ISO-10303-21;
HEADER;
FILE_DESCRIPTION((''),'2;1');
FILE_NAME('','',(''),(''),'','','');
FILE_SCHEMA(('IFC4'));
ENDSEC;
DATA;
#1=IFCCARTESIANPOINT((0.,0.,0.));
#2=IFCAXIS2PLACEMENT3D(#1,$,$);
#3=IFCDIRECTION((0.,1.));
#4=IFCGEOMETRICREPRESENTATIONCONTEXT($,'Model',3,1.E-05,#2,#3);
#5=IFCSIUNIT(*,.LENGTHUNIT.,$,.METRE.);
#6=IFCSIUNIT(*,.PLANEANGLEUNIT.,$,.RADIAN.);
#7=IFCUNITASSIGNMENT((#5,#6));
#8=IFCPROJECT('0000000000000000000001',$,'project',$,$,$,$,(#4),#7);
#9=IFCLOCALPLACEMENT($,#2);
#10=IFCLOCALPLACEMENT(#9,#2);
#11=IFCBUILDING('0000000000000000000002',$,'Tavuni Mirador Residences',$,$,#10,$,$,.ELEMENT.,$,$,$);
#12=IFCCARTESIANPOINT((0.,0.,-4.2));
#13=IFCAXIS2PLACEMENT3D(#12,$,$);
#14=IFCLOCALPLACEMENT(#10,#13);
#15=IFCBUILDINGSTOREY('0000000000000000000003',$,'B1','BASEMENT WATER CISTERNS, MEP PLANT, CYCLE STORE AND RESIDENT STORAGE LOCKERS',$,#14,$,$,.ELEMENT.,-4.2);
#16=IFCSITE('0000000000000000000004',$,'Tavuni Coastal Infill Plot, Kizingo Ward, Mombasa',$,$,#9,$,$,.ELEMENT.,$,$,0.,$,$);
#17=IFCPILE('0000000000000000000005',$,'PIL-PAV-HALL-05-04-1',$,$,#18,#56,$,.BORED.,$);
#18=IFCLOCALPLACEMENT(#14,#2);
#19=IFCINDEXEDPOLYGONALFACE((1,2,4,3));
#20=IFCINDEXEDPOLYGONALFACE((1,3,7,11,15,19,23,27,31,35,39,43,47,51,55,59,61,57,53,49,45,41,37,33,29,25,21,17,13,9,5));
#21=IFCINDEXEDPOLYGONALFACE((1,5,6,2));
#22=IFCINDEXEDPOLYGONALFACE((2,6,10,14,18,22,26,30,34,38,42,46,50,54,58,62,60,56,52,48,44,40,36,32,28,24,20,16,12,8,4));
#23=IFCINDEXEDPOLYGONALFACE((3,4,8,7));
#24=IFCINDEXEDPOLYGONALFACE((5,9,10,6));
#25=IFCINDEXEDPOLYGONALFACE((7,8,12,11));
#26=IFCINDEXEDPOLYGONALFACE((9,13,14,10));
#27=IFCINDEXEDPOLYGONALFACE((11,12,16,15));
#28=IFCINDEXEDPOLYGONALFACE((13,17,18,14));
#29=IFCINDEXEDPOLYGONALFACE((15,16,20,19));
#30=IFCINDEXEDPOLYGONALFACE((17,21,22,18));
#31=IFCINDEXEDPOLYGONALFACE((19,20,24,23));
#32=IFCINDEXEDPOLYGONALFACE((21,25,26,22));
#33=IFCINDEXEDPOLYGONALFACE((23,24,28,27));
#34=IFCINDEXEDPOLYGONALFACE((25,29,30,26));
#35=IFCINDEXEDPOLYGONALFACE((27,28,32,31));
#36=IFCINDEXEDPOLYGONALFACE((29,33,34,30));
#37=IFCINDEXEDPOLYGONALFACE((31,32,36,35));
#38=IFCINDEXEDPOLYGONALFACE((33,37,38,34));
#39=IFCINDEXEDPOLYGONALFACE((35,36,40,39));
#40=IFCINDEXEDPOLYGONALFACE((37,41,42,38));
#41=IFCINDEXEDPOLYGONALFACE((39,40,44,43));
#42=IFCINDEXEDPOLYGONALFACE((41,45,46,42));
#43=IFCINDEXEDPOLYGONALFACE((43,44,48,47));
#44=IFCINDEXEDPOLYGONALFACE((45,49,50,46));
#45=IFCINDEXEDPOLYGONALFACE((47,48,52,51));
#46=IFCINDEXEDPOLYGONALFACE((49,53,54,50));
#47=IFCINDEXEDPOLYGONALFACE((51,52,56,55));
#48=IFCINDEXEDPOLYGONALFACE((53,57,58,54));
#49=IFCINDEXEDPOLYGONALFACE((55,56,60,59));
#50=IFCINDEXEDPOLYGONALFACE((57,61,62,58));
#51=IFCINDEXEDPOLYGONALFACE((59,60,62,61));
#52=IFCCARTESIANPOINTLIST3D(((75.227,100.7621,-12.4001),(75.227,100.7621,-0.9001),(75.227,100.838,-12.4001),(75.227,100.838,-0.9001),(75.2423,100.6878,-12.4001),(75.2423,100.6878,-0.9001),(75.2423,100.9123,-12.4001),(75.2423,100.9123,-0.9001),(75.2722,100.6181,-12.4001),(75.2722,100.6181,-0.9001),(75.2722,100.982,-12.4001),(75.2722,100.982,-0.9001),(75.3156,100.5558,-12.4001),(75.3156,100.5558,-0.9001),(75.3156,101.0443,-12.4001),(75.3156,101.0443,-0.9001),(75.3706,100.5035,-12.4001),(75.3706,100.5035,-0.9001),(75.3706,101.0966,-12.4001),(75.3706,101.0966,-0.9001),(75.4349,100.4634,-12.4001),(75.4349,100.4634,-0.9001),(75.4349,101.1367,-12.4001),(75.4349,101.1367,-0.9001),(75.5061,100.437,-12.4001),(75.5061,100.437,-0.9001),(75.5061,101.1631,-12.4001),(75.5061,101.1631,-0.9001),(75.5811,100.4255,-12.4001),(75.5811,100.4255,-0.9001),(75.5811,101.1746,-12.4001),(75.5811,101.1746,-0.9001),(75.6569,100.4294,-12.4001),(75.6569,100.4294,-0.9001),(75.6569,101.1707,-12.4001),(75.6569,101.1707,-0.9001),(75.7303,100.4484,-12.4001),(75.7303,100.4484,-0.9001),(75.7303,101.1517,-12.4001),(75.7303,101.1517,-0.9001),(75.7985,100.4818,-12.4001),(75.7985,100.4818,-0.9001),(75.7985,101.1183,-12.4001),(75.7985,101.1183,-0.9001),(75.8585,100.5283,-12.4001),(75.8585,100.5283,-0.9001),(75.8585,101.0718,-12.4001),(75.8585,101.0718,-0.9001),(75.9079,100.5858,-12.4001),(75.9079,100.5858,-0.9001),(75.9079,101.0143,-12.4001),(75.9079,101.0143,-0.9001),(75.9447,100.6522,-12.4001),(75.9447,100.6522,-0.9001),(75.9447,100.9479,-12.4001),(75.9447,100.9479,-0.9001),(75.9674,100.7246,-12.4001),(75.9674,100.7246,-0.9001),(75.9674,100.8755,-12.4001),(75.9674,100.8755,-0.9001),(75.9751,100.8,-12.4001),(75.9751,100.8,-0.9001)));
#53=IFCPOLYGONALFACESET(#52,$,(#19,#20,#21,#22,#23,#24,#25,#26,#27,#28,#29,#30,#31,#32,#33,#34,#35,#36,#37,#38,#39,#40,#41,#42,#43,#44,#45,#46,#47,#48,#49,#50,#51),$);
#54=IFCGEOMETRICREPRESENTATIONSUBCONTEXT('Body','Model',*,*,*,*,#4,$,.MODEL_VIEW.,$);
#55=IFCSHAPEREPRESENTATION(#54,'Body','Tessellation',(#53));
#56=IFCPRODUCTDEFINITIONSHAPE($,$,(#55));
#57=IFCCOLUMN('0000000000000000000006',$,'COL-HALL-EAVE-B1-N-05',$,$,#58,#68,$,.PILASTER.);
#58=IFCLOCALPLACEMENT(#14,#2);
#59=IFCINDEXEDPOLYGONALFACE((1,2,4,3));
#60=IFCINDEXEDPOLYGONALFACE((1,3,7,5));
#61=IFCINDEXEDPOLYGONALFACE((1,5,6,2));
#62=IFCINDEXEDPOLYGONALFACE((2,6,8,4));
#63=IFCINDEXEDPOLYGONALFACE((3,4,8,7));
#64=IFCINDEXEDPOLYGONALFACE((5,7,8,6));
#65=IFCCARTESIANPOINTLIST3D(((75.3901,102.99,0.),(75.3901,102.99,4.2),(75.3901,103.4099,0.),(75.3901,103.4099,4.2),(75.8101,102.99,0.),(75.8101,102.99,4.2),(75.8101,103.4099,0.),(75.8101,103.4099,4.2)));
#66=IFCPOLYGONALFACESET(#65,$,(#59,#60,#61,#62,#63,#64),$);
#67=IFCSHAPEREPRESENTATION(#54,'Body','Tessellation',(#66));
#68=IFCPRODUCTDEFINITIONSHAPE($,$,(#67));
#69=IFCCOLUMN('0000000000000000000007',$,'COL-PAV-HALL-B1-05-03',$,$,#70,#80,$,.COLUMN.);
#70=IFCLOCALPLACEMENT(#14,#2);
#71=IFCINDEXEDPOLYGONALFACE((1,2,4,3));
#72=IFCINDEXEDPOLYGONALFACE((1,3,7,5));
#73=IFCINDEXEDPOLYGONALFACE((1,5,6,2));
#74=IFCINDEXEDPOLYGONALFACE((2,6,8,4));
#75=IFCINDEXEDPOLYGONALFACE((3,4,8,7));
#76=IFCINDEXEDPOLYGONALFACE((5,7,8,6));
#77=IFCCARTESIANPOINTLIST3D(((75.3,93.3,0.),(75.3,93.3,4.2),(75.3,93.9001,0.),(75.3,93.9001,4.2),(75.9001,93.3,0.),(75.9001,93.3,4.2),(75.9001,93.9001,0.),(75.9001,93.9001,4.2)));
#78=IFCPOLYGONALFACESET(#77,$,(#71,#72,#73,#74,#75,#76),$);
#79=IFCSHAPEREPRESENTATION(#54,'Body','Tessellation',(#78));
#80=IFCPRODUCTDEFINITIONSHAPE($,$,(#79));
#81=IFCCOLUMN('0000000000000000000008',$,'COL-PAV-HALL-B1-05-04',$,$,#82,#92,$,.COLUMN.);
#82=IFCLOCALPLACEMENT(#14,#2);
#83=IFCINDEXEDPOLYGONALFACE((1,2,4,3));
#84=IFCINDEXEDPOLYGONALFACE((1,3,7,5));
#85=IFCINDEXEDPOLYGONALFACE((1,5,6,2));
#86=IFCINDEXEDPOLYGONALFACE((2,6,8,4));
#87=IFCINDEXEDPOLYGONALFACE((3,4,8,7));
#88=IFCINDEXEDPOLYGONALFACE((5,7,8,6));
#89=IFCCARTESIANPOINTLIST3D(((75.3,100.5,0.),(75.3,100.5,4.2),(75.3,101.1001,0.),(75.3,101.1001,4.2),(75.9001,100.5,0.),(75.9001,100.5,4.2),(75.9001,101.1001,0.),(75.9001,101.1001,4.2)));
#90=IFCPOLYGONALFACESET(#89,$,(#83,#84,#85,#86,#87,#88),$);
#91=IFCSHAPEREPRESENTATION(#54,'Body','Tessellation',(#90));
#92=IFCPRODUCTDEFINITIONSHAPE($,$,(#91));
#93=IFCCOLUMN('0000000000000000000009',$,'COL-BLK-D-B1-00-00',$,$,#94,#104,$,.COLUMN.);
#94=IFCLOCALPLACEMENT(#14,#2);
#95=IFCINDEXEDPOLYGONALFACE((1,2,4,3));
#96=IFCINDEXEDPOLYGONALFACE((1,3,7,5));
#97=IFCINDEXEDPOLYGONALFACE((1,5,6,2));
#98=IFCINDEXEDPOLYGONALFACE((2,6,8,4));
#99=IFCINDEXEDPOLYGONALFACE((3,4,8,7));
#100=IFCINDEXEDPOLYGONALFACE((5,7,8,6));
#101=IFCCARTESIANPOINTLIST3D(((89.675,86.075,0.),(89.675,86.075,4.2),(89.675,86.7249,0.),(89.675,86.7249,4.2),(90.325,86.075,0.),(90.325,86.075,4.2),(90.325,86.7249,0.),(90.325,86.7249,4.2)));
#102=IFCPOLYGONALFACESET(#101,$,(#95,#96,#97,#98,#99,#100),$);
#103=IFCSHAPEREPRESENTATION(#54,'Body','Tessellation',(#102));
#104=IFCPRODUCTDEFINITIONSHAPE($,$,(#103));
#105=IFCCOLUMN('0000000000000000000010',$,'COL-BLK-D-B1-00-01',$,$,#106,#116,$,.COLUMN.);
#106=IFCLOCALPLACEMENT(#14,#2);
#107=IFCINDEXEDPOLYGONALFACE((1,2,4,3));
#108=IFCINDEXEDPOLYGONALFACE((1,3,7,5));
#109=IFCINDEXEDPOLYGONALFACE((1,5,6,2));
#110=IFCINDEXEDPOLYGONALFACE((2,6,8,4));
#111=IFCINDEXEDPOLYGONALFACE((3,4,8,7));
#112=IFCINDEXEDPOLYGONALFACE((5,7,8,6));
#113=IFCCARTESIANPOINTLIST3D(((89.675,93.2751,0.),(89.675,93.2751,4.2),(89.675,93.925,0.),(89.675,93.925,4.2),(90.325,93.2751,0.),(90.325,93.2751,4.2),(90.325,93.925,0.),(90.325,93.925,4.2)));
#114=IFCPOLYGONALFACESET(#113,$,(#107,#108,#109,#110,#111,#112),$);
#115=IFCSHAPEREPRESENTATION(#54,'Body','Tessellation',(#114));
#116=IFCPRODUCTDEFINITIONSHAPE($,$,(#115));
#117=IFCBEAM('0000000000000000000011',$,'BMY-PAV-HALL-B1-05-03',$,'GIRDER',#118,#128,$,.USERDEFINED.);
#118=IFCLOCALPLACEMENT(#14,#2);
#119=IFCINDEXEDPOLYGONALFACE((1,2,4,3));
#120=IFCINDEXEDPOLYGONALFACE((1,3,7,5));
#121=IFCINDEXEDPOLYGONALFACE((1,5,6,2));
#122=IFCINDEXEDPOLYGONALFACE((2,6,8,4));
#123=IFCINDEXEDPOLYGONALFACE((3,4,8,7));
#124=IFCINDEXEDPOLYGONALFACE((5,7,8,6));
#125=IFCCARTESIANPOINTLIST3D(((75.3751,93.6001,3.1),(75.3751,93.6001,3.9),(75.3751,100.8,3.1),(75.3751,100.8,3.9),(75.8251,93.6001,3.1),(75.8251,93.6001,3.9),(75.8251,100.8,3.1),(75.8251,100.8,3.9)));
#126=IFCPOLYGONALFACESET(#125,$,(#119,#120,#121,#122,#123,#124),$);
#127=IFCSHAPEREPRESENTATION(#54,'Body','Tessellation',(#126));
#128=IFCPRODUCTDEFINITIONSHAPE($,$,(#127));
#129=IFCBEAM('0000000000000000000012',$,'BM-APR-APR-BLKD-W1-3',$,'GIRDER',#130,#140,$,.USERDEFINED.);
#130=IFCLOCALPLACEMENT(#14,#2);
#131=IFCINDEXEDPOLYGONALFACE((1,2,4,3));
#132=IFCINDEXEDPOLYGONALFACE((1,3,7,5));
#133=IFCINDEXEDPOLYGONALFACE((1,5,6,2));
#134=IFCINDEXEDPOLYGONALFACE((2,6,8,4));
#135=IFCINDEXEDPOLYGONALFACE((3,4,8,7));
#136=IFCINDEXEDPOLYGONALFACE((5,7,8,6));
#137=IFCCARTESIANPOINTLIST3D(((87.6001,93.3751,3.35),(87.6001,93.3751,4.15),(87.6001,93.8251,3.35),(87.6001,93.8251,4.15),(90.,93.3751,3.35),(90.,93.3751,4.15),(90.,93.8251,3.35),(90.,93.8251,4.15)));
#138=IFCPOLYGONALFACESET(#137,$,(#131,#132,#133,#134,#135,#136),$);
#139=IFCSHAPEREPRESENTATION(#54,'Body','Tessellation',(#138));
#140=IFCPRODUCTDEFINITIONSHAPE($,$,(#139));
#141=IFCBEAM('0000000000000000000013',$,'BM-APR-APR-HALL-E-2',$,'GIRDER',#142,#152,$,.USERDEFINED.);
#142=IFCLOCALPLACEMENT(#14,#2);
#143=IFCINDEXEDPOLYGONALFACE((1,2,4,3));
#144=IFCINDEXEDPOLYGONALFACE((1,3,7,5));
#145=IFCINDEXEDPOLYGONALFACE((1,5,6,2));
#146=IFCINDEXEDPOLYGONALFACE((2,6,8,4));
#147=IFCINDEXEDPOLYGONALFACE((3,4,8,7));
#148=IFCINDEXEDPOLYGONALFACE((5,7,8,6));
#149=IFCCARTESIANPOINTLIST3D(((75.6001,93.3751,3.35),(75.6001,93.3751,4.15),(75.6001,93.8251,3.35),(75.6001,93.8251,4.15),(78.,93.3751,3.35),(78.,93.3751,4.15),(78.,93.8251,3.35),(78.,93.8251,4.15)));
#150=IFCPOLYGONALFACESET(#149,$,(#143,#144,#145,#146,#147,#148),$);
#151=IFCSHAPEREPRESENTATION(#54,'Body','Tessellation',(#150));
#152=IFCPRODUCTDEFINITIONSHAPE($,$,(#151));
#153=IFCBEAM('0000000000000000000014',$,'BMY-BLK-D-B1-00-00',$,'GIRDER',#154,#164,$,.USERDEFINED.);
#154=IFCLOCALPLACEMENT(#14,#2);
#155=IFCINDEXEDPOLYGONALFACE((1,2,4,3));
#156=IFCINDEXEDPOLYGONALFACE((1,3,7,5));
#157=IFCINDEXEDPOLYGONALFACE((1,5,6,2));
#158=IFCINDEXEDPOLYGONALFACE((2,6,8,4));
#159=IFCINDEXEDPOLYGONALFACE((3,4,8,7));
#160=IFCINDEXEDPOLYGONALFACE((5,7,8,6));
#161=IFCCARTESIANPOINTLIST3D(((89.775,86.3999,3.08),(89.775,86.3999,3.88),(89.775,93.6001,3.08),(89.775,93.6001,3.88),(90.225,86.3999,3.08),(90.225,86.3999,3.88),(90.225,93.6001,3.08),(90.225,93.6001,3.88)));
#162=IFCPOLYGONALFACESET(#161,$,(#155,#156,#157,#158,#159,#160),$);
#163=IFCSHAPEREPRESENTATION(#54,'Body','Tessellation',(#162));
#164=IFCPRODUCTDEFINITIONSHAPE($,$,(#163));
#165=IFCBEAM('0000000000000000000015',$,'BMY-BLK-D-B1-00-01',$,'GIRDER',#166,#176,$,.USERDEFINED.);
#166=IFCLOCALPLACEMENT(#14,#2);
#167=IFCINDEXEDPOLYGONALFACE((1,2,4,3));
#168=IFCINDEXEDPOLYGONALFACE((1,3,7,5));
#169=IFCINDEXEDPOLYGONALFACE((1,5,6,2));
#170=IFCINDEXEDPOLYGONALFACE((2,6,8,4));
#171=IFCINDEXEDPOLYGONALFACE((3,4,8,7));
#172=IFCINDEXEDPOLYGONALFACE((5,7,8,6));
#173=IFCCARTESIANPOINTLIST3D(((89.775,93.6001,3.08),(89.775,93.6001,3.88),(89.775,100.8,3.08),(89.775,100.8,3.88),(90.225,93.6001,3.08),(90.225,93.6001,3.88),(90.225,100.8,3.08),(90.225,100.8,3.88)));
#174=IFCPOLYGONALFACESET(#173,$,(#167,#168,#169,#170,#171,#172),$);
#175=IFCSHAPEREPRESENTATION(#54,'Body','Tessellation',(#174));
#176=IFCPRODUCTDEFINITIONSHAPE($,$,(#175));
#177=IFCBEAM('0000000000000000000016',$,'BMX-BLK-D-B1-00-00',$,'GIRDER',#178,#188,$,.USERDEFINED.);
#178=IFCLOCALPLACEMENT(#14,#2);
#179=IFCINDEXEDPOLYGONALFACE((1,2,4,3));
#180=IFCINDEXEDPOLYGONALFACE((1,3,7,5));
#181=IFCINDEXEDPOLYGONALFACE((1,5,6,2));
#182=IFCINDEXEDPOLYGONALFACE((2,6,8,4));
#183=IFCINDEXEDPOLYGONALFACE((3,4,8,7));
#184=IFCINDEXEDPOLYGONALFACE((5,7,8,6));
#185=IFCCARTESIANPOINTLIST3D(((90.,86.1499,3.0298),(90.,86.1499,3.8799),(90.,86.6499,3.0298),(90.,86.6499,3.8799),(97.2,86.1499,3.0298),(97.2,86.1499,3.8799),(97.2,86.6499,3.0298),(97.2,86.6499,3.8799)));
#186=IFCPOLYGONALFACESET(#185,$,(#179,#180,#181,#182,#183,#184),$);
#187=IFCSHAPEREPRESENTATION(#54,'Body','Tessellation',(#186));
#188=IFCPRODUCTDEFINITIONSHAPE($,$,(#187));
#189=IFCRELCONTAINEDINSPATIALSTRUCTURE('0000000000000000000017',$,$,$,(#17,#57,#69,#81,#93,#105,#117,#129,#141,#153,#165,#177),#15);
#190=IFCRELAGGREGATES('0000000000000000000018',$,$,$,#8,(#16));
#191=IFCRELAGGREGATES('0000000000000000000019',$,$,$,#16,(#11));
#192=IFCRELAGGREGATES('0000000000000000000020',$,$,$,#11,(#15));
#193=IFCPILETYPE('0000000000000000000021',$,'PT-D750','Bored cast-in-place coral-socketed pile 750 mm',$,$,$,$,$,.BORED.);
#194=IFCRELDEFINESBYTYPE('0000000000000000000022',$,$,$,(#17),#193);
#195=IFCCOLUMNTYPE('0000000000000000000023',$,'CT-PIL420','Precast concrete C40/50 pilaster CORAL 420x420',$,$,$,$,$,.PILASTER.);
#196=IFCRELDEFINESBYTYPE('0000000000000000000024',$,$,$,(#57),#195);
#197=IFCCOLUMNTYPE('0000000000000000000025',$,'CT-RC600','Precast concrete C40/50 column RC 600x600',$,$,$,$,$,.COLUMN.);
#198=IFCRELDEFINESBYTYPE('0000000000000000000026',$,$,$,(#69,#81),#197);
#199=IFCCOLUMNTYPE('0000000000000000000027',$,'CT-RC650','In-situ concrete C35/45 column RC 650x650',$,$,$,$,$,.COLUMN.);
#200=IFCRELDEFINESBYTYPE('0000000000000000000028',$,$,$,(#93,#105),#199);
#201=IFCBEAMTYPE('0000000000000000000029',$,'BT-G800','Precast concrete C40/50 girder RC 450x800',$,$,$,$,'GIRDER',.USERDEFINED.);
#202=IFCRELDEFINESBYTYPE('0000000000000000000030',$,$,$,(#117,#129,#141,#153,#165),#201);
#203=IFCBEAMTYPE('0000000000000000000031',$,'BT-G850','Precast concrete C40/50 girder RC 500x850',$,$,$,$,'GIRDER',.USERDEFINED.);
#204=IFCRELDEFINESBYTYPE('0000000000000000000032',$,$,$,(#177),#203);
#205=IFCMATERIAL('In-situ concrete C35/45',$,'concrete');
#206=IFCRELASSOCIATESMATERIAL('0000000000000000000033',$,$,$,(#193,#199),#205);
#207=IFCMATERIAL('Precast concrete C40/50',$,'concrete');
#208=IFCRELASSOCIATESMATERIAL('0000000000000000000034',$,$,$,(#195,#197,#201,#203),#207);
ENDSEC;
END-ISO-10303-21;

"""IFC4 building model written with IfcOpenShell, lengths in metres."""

from ifc_helpers import new_model, si_unit, direction, frame, origin, origin_2d, place, context, subcontext, project, spatial, rectangle, circle, extrude, material, material_profile, profile_set, type_object, element, save


model = new_model("IFC4")

# Units and contexts
model_context = context("Model", 3, precision=1e-05, world=origin(), true_north=direction((0.0, 1.0)))
body_context = subcontext(model_context, "Body", "Model", "MODEL_VIEW")
ifc_project = project(units=[si_unit("LENGTHUNIT", "METRE"), si_unit("PLANEANGLEUNIT", "RADIAN")], contexts=[model_context])

# Site, building, storey
site_placement = place(None, origin())
site = spatial("IfcSite", under=ifc_project, at=site_placement, Name="Tavuni Coastal Infill Plot, Kizingo Ward, Mombasa", CompositionType="ELEMENT", RefElevation=0.0)
building_placement = place(site_placement, origin())
building = spatial("IfcBuilding", under=site, at=building_placement, Name="Tavuni Mirador Residences", CompositionType="ELEMENT")
storey_placement = place(building_placement, frame((0.0, 0.0, -4.2)))
storey = spatial("IfcBuildingStorey", under=building, at=storey_placement, Name="B1", Description="BASEMENT WATER CISTERNS, MEP PLANT, CYCLE STORE AND RESIDENT STORAGE LOCKERS", CompositionType="ELEMENT", Elevation=-4.2)

# Shared definitions
ifc_material_1 = material(Name="In-situ concrete C35/45", Category="concrete")

# Pile
ifc_material_profile_1 = material_profile(ifc_material_1, circle(Radius=0.375, at=origin_2d()), Name="PILE D750", Category="concrete")
ifc_profile_set_1 = profile_set([ifc_material_profile_1], Name="In-situ concrete C35/45")
pile_type_1 = type_object("IfcPileType", Name="PT-D750", Description="Bored cast-in-place coral-socketed pile 750 mm", PredefinedType="BORED", material=ifc_profile_set_1)
pile_1_placement = place(storey_placement, frame((75.6001, 100.8, -0.9001), z_axis=(0.0, 0.0, -1.0), x_axis=(1.0, 0.0, 0.0)))
element("IfcPile", 1, at=pile_1_placement, inside=storey, type_object=pile_type_1, Name="PIL-PAV-HALL-05-04-1", PredefinedType="BORED", context=body_context, shape_type="SweptSolid", body=[
    extrude(circle(Radius=0.375, at=origin_2d()), origin(), (0.0, 0.0, 1.0), 11.5),
])

# Columns
ifc_material_2 = material(Name="Precast concrete C40/50", Category="concrete")
ifc_material_profile_2 = material_profile(ifc_material_2, rectangle(XDim=0.4199, YDim=0.4199, at=origin_2d()), Name="CORAL 420x420", Category="concrete")
ifc_profile_set_2 = profile_set([ifc_material_profile_2], Name="Precast concrete C40/50")
column_type_1 = type_object("IfcColumnType", Name="CT-PIL420", Description="Precast concrete C40/50 pilaster CORAL 420x420", PredefinedType="PILASTER", material=ifc_profile_set_2)
column_placement = place(storey_placement, frame((75.6001, 103.2, 0.0), z_axis=(0.0, 0.0, 1.0), x_axis=(1.0, 0.0, 0.0)))
element("IfcColumn", 2, at=column_placement, inside=storey, type_object=column_type_1, Name="COL-HALL-EAVE-B1-N-05", PredefinedType="PILASTER", context=body_context, shape_type="SweptSolid", body=[
    extrude(rectangle(XDim=0.4199, YDim=0.4199, at=origin_2d()), origin(), (0.0, 0.0, 1.0), 4.2),
])
ifc_material_profile_3 = material_profile(ifc_material_2, rectangle(XDim=0.6001, YDim=0.6001, at=origin_2d()), Name="RC 600x600", Category="concrete")
ifc_profile_set_3 = profile_set([ifc_material_profile_3], Name="Precast concrete C40/50")
column_type_2 = type_object("IfcColumnType", Name="CT-RC600", Description="Precast concrete C40/50 column RC 600x600", PredefinedType="COLUMN", material=ifc_profile_set_3)
for number, where, z_axis, x_axis, name in (
    (3, (75.6001, 93.6001, 0.0), (0.0, 0.0, 1.0), (1.0, 0.0, 0.0), "COL-PAV-HALL-B1-05-03"),
    (4, (75.6001, 100.8, 0.0), (0.0, 0.0, 1.0), (1.0, 0.0, 0.0), "COL-PAV-HALL-B1-05-04"),
):
    element("IfcColumn", number, at=place(storey_placement, frame(where, z_axis=z_axis, x_axis=x_axis)), inside=storey, type_object=column_type_2, Name=name, PredefinedType="COLUMN", context=body_context, shape_type="SweptSolid", body=[
        extrude(rectangle(XDim=0.6001, YDim=0.6001, at=origin_2d()), origin(), (0.0, 0.0, 1.0), 4.2),
    ])
ifc_material_profile_4 = material_profile(ifc_material_1, rectangle(XDim=0.6499, YDim=0.6499, at=origin_2d()), Name="RC 650x650", Category="concrete")
ifc_profile_set_4 = profile_set([ifc_material_profile_4], Name="In-situ concrete C35/45")
column_type_3 = type_object("IfcColumnType", Name="CT-RC650", Description="In-situ concrete C35/45 column RC 650x650", PredefinedType="COLUMN", material=ifc_profile_set_4)
for number, where, z_axis, x_axis, name in (
    (5, (90.0, 86.3999, 0.0), (0.0, 0.0, 1.0), (1.0, 0.0, 0.0), "COL-BLK-D-B1-00-00"),
    (6, (90.0, 93.6001, 0.0), (0.0, 0.0, 1.0), (1.0, 0.0, 0.0), "COL-BLK-D-B1-00-01"),
):
    element("IfcColumn", number, at=place(storey_placement, frame(where, z_axis=z_axis, x_axis=x_axis)), inside=storey, type_object=column_type_3, Name=name, PredefinedType="COLUMN", context=body_context, shape_type="SweptSolid", body=[
        extrude(rectangle(XDim=0.6499, YDim=0.6499, at=origin_2d()), origin(), (0.0, 0.0, 1.0), 4.2),
    ])

# Beams
ifc_material_profile_5 = material_profile(ifc_material_2, rectangle(XDim=0.45, YDim=0.8, at=origin_2d()), Name="RC 450x800", Category="concrete")
ifc_profile_set_5 = profile_set([ifc_material_profile_5], Name="Precast concrete C40/50")
beam_type_1 = type_object("IfcBeamType", Name="BT-G800", Description="Precast concrete C40/50 girder RC 450x800", ElementType="GIRDER", PredefinedType="USERDEFINED", material=ifc_profile_set_5)
beam_1_placement = place(storey_placement, frame((75.6001, 93.6001, 3.5), z_axis=(0.0, 1.0, 0.0), x_axis=(-1.0, 0.0, 0.0)))
element("IfcBeam", 7, at=beam_1_placement, inside=storey, type_object=beam_type_1, Name="BMY-PAV-HALL-B1-05-03", ObjectType="GIRDER", PredefinedType="USERDEFINED", context=body_context, shape_type="SweptSolid", body=[
    extrude(rectangle(XDim=0.45, YDim=0.8, at=origin_2d()), origin(), (0.0, 0.0, 1.0), 7.2),
])
for number, where, z_axis, x_axis, name in (
    (8, (90.0, 93.6001, 3.75), (-1.0, 0.0, 0.0), (0.0, -1.0, 0.0), "BM-APR-APR-BLKD-W1-3"),
    (9, (75.6001, 93.6001, 3.75), (1.0, 0.0, 0.0), (0.0, 1.0, 0.0), "BM-APR-APR-HALL-E-2"),
):
    element("IfcBeam", number, at=place(storey_placement, frame(where, z_axis=z_axis, x_axis=x_axis)), inside=storey, type_object=beam_type_1, Name=name, ObjectType="GIRDER", PredefinedType="USERDEFINED", context=body_context, shape_type="SweptSolid", body=[
        extrude(rectangle(XDim=0.45, YDim=0.8, at=origin_2d()), origin(), (0.0, 0.0, 1.0), 2.3999),
    ])
beam_2_placement = place(storey_placement, frame((90.0, 86.3999, 3.48), z_axis=(0.0, 1.0, 0.0), x_axis=(-1.0, 0.0, 0.0)))
element("IfcBeam", 10, at=beam_2_placement, inside=storey, type_object=beam_type_1, Name="BMY-BLK-D-B1-00-00", ObjectType="GIRDER", PredefinedType="USERDEFINED", context=body_context, shape_type="SweptSolid", body=[
    extrude(rectangle(XDim=0.45, YDim=0.8, at=origin_2d()), origin(), (0.0, 0.0, 1.0), 7.2002),
])
beam_3_placement = place(storey_placement, frame((90.0, 93.6001, 3.48), z_axis=(0.0, 1.0, 0.0), x_axis=(-1.0, 0.0, 0.0)))
element("IfcBeam", 11, at=beam_3_placement, inside=storey, type_object=beam_type_1, Name="BMY-BLK-D-B1-00-01", ObjectType="GIRDER", PredefinedType="USERDEFINED", context=body_context, shape_type="SweptSolid", body=[
    extrude(rectangle(XDim=0.45, YDim=0.8, at=origin_2d()), origin(), (0.0, 0.0, 1.0), 7.2),
])
ifc_material_profile_6 = material_profile(ifc_material_2, rectangle(XDim=0.5, YDim=0.8501, at=origin_2d()), Name="RC 500x850", Category="concrete")
ifc_profile_set_6 = profile_set([ifc_material_profile_6], Name="Precast concrete C40/50")
beam_type_2 = type_object("IfcBeamType", Name="BT-G850", Description="Precast concrete C40/50 girder RC 500x850", ElementType="GIRDER", PredefinedType="USERDEFINED", material=ifc_profile_set_6)
for number, where, z_axis, x_axis, name in (
    (12, (90.0, 86.3999, 3.4548), (1.0, 0.0, 0.0), (0.0, 1.0, 0.0), "BMX-BLK-D-B1-00-00"),
):
    element("IfcBeam", number, at=place(storey_placement, frame(where, z_axis=z_axis, x_axis=x_axis)), inside=storey, type_object=beam_type_2, Name=name, ObjectType="GIRDER", PredefinedType="USERDEFINED", context=body_context, shape_type="SweptSolid", body=[
        extrude(rectangle(XDim=0.5, YDim=0.8501, at=origin_2d()), origin(), (0.0, 0.0, 1.0), 7.2),
    ])

save(model, "model.ifc")
